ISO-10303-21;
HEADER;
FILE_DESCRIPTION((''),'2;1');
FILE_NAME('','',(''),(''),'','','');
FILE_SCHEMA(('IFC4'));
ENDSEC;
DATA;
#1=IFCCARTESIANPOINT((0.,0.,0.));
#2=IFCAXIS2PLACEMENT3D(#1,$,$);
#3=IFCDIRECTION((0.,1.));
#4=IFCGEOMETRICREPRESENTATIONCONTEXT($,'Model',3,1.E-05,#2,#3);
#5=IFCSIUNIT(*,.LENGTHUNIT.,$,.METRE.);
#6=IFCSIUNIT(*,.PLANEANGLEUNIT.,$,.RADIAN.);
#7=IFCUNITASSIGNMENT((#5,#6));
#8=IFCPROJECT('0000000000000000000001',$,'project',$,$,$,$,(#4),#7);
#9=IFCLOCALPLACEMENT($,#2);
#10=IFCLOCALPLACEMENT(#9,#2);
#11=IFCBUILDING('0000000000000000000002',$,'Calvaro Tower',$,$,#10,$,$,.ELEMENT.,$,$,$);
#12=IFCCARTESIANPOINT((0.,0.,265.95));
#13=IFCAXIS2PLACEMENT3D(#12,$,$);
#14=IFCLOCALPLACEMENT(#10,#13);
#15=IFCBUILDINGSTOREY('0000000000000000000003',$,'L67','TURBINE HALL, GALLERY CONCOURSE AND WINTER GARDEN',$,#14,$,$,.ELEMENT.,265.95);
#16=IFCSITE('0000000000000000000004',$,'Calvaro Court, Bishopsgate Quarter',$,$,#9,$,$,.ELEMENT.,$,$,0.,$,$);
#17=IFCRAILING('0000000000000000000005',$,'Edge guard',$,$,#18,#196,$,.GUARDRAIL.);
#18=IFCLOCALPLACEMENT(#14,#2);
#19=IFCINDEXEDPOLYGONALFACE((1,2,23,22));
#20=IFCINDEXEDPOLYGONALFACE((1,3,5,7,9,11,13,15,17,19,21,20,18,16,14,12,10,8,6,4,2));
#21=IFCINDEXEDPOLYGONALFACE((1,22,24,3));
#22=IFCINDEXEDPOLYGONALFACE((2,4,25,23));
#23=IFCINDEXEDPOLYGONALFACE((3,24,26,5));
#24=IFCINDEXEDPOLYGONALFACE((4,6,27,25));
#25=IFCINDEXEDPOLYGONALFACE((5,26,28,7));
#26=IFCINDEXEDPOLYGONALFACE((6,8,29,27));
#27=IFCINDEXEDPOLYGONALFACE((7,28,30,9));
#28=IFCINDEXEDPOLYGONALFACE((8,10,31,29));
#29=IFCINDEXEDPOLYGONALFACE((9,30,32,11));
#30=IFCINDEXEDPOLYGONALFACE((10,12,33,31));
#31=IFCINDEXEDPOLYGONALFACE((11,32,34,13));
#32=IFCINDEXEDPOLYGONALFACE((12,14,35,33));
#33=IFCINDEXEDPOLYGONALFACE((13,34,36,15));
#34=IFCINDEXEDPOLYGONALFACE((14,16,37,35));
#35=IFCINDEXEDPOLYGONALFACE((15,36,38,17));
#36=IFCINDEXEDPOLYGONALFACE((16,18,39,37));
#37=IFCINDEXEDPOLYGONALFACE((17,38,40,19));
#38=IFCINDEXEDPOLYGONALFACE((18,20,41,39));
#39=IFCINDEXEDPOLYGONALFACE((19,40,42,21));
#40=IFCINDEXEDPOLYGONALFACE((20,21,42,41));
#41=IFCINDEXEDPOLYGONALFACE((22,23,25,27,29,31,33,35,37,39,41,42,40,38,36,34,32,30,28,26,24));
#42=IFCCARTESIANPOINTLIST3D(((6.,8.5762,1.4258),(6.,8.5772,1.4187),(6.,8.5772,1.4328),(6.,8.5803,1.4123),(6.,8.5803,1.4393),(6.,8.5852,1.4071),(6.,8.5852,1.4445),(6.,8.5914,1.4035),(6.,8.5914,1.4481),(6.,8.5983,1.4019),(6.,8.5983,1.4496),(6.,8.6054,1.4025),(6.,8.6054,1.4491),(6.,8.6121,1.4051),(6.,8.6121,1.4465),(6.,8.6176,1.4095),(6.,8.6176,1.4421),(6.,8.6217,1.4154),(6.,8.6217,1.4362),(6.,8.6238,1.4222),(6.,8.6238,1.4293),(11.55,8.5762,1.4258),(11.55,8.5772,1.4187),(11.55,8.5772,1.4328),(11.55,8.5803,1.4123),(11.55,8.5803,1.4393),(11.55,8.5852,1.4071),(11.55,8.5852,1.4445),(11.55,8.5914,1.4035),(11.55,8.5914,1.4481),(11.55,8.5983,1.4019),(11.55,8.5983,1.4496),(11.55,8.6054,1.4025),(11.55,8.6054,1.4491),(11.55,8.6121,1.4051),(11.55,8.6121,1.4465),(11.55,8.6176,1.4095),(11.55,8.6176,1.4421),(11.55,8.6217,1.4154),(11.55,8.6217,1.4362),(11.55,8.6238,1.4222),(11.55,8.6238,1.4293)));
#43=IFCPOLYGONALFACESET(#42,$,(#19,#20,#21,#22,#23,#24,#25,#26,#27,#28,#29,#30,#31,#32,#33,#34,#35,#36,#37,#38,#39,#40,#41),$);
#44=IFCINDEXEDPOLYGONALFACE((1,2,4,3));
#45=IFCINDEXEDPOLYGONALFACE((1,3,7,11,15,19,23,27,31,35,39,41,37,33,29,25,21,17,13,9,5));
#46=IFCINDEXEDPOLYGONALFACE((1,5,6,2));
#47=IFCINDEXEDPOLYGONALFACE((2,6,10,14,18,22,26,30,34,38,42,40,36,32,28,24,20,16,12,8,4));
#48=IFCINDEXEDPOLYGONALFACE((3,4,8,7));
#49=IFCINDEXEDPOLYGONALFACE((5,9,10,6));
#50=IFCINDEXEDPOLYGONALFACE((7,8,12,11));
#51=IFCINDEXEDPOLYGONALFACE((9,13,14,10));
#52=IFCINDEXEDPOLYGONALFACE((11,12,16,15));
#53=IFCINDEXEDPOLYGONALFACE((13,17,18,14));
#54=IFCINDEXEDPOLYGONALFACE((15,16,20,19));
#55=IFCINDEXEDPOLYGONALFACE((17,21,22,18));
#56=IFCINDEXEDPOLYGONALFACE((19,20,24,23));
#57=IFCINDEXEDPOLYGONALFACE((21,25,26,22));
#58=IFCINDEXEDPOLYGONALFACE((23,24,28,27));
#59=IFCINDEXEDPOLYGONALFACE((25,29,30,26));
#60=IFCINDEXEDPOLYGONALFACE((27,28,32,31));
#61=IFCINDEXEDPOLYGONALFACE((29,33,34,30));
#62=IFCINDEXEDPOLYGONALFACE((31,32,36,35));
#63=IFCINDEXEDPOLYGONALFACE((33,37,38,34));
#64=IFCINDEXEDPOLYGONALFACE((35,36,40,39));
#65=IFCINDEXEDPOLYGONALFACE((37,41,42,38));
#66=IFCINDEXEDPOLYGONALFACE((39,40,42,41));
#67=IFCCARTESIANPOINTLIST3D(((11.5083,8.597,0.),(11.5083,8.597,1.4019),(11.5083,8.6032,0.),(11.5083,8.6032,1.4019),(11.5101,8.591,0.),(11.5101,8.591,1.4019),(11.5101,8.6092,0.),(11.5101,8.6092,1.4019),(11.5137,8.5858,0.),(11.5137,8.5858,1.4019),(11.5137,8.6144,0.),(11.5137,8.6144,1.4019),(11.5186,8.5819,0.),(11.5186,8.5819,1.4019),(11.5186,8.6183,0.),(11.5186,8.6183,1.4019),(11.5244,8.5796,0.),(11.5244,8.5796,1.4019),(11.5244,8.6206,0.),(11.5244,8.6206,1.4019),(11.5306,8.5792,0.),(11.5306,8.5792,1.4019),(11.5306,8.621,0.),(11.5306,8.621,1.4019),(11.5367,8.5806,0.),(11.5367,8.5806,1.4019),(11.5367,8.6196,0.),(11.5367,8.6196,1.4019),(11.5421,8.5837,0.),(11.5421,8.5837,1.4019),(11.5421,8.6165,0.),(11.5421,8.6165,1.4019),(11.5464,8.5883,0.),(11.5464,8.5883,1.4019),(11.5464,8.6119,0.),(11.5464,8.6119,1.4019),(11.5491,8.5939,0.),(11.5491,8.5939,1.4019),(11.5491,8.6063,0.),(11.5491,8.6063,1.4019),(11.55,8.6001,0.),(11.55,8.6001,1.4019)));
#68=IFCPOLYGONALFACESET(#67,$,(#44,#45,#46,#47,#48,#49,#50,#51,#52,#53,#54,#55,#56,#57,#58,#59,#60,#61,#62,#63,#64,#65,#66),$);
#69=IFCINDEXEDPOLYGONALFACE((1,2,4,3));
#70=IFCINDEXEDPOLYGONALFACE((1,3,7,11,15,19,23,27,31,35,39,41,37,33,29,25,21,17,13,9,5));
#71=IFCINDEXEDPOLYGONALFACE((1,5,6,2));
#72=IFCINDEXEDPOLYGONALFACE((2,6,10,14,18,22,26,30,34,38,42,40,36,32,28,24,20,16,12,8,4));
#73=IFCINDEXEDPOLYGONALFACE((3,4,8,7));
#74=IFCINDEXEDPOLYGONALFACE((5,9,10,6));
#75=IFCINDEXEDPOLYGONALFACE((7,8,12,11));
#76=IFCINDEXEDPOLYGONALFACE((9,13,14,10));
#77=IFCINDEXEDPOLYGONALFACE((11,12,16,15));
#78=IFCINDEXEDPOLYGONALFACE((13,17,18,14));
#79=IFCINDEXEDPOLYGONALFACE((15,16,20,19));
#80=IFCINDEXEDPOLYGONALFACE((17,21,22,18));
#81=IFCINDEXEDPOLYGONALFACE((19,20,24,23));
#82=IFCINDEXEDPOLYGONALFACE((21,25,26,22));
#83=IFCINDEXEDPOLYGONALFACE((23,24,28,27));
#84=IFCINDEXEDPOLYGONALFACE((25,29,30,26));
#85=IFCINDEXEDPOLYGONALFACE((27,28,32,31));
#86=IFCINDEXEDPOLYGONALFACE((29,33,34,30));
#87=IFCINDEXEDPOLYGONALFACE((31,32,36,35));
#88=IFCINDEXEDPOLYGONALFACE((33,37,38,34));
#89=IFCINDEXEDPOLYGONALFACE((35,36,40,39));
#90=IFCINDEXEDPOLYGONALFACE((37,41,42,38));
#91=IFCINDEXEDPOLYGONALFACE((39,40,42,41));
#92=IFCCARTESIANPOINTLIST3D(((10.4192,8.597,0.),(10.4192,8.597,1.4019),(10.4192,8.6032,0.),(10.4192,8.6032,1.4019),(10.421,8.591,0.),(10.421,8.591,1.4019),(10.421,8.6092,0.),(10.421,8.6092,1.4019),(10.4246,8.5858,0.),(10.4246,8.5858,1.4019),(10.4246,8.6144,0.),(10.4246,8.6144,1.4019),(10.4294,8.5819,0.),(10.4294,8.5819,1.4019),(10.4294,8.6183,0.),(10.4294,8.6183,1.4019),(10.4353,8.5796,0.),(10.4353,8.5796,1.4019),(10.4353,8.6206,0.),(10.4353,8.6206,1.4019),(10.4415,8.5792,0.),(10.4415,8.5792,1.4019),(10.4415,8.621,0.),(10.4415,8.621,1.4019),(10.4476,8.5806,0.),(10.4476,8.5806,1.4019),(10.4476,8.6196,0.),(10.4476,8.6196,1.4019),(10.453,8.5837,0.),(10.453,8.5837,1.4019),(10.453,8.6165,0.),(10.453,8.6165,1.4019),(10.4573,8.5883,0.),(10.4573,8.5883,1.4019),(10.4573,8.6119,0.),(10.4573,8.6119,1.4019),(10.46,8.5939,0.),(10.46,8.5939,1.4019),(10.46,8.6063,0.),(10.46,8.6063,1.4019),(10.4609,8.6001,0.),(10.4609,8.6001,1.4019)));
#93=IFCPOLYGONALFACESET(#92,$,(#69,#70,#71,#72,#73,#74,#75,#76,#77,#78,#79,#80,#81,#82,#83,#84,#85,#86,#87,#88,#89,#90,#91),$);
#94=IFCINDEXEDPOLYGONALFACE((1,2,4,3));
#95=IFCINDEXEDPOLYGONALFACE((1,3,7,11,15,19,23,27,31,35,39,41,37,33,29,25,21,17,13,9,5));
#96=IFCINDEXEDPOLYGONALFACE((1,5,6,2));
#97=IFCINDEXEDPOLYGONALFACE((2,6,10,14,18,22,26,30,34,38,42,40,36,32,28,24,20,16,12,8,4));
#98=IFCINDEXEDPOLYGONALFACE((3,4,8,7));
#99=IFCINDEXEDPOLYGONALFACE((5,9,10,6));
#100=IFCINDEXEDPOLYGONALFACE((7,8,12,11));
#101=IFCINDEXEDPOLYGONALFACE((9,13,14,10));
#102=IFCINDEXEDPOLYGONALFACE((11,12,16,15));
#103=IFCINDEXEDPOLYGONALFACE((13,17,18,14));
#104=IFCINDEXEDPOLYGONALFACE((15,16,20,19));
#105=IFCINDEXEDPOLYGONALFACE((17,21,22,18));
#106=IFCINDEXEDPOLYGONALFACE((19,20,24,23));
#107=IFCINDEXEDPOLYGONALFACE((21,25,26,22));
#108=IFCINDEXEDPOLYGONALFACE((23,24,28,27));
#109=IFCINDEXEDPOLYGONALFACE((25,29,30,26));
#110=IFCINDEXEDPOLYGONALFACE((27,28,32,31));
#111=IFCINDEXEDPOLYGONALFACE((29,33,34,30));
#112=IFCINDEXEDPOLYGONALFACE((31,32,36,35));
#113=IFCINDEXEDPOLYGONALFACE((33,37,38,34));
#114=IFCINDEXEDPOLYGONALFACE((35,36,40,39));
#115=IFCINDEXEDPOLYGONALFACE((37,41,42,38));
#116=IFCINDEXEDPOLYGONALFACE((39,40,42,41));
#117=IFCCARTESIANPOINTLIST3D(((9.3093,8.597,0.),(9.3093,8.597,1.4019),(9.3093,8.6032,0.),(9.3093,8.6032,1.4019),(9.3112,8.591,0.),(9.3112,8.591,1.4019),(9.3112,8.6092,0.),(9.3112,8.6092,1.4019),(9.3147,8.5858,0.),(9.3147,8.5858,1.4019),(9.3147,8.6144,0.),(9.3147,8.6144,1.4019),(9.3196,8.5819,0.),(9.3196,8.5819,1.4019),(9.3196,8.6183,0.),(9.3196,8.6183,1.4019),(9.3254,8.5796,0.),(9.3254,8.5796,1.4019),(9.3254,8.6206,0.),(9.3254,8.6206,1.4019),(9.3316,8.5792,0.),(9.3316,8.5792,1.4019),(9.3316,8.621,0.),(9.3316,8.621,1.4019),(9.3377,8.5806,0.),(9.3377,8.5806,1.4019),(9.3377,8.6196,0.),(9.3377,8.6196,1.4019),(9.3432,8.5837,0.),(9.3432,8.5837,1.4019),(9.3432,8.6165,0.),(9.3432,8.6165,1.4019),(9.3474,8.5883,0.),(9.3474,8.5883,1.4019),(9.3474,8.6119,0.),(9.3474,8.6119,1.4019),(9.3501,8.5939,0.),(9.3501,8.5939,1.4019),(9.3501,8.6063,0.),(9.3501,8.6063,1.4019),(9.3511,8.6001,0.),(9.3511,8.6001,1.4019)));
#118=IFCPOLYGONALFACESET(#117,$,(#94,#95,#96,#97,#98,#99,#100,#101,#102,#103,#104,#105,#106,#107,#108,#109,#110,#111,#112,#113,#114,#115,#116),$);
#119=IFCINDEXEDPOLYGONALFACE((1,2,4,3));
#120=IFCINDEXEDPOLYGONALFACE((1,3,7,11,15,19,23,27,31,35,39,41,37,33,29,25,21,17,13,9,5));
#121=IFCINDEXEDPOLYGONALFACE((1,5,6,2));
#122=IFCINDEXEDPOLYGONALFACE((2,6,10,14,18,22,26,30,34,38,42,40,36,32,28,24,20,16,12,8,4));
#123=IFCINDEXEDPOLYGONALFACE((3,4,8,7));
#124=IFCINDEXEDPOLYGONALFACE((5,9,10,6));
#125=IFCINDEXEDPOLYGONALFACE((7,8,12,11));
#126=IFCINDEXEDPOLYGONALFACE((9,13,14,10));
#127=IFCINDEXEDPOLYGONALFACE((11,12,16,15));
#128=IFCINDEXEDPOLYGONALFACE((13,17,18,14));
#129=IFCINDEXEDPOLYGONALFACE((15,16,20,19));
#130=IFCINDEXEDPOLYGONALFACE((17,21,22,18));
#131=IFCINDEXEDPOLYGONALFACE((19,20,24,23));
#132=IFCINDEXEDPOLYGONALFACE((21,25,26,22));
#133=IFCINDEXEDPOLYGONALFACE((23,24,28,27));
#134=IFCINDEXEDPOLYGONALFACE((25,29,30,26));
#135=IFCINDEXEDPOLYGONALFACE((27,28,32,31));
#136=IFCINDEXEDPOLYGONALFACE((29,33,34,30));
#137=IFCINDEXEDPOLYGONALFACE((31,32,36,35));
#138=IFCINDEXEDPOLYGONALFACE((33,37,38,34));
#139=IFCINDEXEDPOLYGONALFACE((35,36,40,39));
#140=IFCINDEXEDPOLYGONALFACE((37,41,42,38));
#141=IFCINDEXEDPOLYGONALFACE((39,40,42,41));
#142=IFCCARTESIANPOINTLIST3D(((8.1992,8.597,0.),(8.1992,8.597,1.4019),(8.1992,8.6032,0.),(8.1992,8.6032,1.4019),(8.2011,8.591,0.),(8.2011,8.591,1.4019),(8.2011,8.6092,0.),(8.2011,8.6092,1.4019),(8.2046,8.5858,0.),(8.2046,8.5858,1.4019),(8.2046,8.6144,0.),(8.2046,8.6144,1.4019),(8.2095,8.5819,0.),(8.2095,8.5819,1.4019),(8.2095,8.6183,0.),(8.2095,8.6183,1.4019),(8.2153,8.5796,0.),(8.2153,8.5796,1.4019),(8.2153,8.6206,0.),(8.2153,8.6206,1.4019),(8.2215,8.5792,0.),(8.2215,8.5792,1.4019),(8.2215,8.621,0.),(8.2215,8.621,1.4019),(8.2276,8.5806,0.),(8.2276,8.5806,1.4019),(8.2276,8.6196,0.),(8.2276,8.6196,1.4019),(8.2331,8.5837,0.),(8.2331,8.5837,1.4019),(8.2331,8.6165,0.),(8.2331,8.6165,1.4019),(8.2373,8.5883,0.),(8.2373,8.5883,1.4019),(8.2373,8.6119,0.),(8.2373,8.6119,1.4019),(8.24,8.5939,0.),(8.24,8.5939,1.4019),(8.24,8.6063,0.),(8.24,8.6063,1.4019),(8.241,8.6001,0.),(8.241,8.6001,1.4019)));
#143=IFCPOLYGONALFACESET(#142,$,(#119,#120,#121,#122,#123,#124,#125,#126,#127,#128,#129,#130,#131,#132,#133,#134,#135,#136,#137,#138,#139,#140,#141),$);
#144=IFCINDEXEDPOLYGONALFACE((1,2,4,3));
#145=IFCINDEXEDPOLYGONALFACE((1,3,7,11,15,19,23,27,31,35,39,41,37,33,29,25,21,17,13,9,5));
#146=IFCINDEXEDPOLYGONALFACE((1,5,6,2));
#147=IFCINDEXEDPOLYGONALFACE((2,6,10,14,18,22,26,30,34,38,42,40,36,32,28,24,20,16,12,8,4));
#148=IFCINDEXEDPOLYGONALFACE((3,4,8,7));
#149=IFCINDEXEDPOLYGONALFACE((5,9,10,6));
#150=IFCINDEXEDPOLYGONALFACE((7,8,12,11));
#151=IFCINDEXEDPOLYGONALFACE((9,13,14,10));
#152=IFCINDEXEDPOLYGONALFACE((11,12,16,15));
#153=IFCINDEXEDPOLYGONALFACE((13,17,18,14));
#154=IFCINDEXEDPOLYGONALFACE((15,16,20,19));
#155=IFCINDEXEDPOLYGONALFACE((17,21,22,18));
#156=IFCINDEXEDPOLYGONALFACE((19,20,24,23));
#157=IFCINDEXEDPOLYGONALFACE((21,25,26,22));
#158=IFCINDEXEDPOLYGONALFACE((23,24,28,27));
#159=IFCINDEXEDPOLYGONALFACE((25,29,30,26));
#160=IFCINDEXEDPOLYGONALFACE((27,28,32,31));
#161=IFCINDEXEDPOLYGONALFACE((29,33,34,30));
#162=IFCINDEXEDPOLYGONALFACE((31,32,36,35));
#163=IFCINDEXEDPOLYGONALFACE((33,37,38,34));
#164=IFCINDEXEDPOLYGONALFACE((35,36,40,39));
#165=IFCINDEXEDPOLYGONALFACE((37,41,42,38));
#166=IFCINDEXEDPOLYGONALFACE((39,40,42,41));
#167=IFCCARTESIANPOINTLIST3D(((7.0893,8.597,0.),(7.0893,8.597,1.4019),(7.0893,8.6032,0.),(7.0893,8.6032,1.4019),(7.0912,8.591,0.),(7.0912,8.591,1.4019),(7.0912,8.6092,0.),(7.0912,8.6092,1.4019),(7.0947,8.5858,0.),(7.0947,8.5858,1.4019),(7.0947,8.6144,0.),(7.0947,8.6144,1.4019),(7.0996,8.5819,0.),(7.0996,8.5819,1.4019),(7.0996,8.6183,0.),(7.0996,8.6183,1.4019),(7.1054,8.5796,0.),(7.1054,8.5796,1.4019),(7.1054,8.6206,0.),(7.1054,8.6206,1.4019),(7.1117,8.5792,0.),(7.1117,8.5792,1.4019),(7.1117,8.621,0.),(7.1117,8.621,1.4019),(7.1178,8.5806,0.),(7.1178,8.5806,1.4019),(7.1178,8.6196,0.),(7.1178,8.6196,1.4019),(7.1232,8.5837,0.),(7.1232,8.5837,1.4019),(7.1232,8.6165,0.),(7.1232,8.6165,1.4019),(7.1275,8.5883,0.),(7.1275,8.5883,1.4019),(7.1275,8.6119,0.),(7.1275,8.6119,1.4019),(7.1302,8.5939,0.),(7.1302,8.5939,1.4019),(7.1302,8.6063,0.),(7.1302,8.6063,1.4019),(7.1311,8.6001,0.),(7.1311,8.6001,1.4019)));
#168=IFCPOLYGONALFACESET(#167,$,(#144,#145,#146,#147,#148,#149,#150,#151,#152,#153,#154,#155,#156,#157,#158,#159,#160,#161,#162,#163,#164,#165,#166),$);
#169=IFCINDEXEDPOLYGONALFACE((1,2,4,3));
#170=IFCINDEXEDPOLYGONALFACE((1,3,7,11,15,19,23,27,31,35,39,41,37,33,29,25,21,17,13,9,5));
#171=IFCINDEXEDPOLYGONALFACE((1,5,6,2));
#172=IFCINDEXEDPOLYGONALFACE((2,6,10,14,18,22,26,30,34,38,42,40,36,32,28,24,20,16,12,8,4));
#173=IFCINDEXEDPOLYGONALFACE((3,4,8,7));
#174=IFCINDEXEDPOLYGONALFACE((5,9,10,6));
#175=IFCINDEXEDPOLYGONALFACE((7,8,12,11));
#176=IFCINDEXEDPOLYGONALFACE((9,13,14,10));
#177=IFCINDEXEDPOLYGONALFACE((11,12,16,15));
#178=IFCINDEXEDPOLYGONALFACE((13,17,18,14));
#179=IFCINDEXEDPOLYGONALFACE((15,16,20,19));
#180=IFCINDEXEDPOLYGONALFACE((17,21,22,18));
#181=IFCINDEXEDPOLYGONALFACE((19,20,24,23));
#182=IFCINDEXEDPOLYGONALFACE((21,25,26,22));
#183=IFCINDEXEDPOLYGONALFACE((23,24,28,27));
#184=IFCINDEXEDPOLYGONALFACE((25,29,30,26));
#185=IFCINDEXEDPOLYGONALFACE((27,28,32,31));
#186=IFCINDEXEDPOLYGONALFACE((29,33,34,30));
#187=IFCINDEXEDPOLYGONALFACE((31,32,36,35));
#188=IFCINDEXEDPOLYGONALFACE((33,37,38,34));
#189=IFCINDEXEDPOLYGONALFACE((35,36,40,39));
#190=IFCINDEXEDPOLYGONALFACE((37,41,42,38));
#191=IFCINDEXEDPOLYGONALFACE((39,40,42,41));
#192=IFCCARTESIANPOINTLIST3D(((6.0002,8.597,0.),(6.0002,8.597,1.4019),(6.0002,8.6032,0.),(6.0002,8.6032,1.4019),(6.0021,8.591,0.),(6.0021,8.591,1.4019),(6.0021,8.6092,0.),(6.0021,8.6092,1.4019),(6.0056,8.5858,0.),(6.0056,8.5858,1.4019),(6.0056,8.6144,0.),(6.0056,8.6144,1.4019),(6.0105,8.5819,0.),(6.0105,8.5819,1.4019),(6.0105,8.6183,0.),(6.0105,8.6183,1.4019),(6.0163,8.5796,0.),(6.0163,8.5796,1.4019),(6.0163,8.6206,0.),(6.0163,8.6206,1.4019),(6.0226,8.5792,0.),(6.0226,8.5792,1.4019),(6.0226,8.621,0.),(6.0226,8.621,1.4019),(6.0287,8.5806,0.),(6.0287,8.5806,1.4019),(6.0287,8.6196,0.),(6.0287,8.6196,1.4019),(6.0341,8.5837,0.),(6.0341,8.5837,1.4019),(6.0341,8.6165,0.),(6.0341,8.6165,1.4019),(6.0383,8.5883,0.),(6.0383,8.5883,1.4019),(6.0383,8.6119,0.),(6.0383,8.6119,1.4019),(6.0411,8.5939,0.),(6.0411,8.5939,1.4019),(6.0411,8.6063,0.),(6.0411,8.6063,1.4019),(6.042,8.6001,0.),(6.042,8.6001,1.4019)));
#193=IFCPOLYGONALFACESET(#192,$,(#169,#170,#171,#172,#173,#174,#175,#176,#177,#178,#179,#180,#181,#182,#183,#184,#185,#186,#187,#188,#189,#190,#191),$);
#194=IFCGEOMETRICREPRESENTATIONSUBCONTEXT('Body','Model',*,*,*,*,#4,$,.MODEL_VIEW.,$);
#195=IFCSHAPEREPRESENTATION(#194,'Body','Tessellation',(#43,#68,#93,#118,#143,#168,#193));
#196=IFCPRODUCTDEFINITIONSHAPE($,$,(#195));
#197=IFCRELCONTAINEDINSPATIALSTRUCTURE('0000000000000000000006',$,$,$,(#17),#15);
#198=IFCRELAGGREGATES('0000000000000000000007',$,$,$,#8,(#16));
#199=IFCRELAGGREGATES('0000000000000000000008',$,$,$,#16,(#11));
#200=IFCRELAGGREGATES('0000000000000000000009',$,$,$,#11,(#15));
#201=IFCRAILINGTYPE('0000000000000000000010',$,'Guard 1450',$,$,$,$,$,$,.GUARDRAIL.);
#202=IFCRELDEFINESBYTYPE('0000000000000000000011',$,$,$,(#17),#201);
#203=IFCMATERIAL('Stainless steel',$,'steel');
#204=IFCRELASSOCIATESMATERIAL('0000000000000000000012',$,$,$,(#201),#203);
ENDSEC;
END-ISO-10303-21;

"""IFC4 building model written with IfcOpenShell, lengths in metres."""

from ifc_helpers import new_model, si_unit, direction, frame, origin, origin_2d, place, context, subcontext, project, spatial, circle, extrude, material, type_object, element, save


model = new_model("IFC4")

# Units and contexts
model_context = context("Model", 3, precision=1e-05, world=origin(), true_north=direction((0.0, 1.0)))
body_context = subcontext(model_context, "Body", "Model", "MODEL_VIEW")
ifc_project = project(units=[si_unit("LENGTHUNIT", "METRE"), si_unit("PLANEANGLEUNIT", "RADIAN")], contexts=[model_context])

# Site, building, storey
site_placement = place(None, origin())
site = spatial("IfcSite", under=ifc_project, at=site_placement, Name="Calvaro Court, Bishopsgate Quarter", CompositionType="ELEMENT", RefElevation=0.0)
building_placement = place(site_placement, origin())
building = spatial("IfcBuilding", under=site, at=building_placement, Name="Calvaro Tower", CompositionType="ELEMENT")
storey_placement = place(building_placement, frame((0.0, 0.0, 265.95)))
storey = spatial("IfcBuildingStorey", under=building, at=storey_placement, Name="L67", Description="TURBINE HALL, GALLERY CONCOURSE AND WINTER GARDEN", CompositionType="ELEMENT", Elevation=265.95)

# Railing
ifc_material_1 = material(Name="Stainless steel", Category="steel")
railing_type = type_object("IfcRailingType", Name="Guard 1450", PredefinedType="GUARDRAIL", material=ifc_material_1)
railing_1_placement = place(storey_placement, frame((11.55, 8.6001, 0.0)))
element("IfcRailing", 1, at=railing_1_placement, inside=storey, type_object=railing_type, Name="Edge guard", PredefinedType="GUARDRAIL", context=body_context, shape_type="SweptSolid", body=[
    extrude(circle(Radius=0.0239, at=origin_2d()), frame((0.0, 0.0, 1.4258), z_axis=(-1.0, 0.0, 0.0), x_axis=(0.0, -1.0, 0.0)), (0.0, 0.0, 1.0), 5.55),
    extrude(circle(Radius=0.021, at=origin_2d()), frame((-0.021, 0.0, 0.0)), (0.0, 0.0, 1.0), 1.4019),
    extrude(circle(Radius=0.021, at=origin_2d()), frame((-1.1101, 0.0, 0.0)), (0.0, 0.0, 1.0), 1.4019),
    extrude(circle(Radius=0.021, at=origin_2d()), frame((-2.22, 0.0, 0.0)), (0.0, 0.0, 1.0), 1.4019),
    extrude(circle(Radius=0.021, at=origin_2d()), frame((-3.3301, 0.0, 0.0)), (0.0, 0.0, 1.0), 1.4019),
    extrude(circle(Radius=0.021, at=origin_2d()), frame((-4.4399, 0.0, 0.0)), (0.0, 0.0, 1.0), 1.4019),
    extrude(circle(Radius=0.021, at=origin_2d()), frame((-5.5291, 0.0, 0.0)), (0.0, 0.0, 1.0), 1.4019),
])

save(model, "model.ifc")
